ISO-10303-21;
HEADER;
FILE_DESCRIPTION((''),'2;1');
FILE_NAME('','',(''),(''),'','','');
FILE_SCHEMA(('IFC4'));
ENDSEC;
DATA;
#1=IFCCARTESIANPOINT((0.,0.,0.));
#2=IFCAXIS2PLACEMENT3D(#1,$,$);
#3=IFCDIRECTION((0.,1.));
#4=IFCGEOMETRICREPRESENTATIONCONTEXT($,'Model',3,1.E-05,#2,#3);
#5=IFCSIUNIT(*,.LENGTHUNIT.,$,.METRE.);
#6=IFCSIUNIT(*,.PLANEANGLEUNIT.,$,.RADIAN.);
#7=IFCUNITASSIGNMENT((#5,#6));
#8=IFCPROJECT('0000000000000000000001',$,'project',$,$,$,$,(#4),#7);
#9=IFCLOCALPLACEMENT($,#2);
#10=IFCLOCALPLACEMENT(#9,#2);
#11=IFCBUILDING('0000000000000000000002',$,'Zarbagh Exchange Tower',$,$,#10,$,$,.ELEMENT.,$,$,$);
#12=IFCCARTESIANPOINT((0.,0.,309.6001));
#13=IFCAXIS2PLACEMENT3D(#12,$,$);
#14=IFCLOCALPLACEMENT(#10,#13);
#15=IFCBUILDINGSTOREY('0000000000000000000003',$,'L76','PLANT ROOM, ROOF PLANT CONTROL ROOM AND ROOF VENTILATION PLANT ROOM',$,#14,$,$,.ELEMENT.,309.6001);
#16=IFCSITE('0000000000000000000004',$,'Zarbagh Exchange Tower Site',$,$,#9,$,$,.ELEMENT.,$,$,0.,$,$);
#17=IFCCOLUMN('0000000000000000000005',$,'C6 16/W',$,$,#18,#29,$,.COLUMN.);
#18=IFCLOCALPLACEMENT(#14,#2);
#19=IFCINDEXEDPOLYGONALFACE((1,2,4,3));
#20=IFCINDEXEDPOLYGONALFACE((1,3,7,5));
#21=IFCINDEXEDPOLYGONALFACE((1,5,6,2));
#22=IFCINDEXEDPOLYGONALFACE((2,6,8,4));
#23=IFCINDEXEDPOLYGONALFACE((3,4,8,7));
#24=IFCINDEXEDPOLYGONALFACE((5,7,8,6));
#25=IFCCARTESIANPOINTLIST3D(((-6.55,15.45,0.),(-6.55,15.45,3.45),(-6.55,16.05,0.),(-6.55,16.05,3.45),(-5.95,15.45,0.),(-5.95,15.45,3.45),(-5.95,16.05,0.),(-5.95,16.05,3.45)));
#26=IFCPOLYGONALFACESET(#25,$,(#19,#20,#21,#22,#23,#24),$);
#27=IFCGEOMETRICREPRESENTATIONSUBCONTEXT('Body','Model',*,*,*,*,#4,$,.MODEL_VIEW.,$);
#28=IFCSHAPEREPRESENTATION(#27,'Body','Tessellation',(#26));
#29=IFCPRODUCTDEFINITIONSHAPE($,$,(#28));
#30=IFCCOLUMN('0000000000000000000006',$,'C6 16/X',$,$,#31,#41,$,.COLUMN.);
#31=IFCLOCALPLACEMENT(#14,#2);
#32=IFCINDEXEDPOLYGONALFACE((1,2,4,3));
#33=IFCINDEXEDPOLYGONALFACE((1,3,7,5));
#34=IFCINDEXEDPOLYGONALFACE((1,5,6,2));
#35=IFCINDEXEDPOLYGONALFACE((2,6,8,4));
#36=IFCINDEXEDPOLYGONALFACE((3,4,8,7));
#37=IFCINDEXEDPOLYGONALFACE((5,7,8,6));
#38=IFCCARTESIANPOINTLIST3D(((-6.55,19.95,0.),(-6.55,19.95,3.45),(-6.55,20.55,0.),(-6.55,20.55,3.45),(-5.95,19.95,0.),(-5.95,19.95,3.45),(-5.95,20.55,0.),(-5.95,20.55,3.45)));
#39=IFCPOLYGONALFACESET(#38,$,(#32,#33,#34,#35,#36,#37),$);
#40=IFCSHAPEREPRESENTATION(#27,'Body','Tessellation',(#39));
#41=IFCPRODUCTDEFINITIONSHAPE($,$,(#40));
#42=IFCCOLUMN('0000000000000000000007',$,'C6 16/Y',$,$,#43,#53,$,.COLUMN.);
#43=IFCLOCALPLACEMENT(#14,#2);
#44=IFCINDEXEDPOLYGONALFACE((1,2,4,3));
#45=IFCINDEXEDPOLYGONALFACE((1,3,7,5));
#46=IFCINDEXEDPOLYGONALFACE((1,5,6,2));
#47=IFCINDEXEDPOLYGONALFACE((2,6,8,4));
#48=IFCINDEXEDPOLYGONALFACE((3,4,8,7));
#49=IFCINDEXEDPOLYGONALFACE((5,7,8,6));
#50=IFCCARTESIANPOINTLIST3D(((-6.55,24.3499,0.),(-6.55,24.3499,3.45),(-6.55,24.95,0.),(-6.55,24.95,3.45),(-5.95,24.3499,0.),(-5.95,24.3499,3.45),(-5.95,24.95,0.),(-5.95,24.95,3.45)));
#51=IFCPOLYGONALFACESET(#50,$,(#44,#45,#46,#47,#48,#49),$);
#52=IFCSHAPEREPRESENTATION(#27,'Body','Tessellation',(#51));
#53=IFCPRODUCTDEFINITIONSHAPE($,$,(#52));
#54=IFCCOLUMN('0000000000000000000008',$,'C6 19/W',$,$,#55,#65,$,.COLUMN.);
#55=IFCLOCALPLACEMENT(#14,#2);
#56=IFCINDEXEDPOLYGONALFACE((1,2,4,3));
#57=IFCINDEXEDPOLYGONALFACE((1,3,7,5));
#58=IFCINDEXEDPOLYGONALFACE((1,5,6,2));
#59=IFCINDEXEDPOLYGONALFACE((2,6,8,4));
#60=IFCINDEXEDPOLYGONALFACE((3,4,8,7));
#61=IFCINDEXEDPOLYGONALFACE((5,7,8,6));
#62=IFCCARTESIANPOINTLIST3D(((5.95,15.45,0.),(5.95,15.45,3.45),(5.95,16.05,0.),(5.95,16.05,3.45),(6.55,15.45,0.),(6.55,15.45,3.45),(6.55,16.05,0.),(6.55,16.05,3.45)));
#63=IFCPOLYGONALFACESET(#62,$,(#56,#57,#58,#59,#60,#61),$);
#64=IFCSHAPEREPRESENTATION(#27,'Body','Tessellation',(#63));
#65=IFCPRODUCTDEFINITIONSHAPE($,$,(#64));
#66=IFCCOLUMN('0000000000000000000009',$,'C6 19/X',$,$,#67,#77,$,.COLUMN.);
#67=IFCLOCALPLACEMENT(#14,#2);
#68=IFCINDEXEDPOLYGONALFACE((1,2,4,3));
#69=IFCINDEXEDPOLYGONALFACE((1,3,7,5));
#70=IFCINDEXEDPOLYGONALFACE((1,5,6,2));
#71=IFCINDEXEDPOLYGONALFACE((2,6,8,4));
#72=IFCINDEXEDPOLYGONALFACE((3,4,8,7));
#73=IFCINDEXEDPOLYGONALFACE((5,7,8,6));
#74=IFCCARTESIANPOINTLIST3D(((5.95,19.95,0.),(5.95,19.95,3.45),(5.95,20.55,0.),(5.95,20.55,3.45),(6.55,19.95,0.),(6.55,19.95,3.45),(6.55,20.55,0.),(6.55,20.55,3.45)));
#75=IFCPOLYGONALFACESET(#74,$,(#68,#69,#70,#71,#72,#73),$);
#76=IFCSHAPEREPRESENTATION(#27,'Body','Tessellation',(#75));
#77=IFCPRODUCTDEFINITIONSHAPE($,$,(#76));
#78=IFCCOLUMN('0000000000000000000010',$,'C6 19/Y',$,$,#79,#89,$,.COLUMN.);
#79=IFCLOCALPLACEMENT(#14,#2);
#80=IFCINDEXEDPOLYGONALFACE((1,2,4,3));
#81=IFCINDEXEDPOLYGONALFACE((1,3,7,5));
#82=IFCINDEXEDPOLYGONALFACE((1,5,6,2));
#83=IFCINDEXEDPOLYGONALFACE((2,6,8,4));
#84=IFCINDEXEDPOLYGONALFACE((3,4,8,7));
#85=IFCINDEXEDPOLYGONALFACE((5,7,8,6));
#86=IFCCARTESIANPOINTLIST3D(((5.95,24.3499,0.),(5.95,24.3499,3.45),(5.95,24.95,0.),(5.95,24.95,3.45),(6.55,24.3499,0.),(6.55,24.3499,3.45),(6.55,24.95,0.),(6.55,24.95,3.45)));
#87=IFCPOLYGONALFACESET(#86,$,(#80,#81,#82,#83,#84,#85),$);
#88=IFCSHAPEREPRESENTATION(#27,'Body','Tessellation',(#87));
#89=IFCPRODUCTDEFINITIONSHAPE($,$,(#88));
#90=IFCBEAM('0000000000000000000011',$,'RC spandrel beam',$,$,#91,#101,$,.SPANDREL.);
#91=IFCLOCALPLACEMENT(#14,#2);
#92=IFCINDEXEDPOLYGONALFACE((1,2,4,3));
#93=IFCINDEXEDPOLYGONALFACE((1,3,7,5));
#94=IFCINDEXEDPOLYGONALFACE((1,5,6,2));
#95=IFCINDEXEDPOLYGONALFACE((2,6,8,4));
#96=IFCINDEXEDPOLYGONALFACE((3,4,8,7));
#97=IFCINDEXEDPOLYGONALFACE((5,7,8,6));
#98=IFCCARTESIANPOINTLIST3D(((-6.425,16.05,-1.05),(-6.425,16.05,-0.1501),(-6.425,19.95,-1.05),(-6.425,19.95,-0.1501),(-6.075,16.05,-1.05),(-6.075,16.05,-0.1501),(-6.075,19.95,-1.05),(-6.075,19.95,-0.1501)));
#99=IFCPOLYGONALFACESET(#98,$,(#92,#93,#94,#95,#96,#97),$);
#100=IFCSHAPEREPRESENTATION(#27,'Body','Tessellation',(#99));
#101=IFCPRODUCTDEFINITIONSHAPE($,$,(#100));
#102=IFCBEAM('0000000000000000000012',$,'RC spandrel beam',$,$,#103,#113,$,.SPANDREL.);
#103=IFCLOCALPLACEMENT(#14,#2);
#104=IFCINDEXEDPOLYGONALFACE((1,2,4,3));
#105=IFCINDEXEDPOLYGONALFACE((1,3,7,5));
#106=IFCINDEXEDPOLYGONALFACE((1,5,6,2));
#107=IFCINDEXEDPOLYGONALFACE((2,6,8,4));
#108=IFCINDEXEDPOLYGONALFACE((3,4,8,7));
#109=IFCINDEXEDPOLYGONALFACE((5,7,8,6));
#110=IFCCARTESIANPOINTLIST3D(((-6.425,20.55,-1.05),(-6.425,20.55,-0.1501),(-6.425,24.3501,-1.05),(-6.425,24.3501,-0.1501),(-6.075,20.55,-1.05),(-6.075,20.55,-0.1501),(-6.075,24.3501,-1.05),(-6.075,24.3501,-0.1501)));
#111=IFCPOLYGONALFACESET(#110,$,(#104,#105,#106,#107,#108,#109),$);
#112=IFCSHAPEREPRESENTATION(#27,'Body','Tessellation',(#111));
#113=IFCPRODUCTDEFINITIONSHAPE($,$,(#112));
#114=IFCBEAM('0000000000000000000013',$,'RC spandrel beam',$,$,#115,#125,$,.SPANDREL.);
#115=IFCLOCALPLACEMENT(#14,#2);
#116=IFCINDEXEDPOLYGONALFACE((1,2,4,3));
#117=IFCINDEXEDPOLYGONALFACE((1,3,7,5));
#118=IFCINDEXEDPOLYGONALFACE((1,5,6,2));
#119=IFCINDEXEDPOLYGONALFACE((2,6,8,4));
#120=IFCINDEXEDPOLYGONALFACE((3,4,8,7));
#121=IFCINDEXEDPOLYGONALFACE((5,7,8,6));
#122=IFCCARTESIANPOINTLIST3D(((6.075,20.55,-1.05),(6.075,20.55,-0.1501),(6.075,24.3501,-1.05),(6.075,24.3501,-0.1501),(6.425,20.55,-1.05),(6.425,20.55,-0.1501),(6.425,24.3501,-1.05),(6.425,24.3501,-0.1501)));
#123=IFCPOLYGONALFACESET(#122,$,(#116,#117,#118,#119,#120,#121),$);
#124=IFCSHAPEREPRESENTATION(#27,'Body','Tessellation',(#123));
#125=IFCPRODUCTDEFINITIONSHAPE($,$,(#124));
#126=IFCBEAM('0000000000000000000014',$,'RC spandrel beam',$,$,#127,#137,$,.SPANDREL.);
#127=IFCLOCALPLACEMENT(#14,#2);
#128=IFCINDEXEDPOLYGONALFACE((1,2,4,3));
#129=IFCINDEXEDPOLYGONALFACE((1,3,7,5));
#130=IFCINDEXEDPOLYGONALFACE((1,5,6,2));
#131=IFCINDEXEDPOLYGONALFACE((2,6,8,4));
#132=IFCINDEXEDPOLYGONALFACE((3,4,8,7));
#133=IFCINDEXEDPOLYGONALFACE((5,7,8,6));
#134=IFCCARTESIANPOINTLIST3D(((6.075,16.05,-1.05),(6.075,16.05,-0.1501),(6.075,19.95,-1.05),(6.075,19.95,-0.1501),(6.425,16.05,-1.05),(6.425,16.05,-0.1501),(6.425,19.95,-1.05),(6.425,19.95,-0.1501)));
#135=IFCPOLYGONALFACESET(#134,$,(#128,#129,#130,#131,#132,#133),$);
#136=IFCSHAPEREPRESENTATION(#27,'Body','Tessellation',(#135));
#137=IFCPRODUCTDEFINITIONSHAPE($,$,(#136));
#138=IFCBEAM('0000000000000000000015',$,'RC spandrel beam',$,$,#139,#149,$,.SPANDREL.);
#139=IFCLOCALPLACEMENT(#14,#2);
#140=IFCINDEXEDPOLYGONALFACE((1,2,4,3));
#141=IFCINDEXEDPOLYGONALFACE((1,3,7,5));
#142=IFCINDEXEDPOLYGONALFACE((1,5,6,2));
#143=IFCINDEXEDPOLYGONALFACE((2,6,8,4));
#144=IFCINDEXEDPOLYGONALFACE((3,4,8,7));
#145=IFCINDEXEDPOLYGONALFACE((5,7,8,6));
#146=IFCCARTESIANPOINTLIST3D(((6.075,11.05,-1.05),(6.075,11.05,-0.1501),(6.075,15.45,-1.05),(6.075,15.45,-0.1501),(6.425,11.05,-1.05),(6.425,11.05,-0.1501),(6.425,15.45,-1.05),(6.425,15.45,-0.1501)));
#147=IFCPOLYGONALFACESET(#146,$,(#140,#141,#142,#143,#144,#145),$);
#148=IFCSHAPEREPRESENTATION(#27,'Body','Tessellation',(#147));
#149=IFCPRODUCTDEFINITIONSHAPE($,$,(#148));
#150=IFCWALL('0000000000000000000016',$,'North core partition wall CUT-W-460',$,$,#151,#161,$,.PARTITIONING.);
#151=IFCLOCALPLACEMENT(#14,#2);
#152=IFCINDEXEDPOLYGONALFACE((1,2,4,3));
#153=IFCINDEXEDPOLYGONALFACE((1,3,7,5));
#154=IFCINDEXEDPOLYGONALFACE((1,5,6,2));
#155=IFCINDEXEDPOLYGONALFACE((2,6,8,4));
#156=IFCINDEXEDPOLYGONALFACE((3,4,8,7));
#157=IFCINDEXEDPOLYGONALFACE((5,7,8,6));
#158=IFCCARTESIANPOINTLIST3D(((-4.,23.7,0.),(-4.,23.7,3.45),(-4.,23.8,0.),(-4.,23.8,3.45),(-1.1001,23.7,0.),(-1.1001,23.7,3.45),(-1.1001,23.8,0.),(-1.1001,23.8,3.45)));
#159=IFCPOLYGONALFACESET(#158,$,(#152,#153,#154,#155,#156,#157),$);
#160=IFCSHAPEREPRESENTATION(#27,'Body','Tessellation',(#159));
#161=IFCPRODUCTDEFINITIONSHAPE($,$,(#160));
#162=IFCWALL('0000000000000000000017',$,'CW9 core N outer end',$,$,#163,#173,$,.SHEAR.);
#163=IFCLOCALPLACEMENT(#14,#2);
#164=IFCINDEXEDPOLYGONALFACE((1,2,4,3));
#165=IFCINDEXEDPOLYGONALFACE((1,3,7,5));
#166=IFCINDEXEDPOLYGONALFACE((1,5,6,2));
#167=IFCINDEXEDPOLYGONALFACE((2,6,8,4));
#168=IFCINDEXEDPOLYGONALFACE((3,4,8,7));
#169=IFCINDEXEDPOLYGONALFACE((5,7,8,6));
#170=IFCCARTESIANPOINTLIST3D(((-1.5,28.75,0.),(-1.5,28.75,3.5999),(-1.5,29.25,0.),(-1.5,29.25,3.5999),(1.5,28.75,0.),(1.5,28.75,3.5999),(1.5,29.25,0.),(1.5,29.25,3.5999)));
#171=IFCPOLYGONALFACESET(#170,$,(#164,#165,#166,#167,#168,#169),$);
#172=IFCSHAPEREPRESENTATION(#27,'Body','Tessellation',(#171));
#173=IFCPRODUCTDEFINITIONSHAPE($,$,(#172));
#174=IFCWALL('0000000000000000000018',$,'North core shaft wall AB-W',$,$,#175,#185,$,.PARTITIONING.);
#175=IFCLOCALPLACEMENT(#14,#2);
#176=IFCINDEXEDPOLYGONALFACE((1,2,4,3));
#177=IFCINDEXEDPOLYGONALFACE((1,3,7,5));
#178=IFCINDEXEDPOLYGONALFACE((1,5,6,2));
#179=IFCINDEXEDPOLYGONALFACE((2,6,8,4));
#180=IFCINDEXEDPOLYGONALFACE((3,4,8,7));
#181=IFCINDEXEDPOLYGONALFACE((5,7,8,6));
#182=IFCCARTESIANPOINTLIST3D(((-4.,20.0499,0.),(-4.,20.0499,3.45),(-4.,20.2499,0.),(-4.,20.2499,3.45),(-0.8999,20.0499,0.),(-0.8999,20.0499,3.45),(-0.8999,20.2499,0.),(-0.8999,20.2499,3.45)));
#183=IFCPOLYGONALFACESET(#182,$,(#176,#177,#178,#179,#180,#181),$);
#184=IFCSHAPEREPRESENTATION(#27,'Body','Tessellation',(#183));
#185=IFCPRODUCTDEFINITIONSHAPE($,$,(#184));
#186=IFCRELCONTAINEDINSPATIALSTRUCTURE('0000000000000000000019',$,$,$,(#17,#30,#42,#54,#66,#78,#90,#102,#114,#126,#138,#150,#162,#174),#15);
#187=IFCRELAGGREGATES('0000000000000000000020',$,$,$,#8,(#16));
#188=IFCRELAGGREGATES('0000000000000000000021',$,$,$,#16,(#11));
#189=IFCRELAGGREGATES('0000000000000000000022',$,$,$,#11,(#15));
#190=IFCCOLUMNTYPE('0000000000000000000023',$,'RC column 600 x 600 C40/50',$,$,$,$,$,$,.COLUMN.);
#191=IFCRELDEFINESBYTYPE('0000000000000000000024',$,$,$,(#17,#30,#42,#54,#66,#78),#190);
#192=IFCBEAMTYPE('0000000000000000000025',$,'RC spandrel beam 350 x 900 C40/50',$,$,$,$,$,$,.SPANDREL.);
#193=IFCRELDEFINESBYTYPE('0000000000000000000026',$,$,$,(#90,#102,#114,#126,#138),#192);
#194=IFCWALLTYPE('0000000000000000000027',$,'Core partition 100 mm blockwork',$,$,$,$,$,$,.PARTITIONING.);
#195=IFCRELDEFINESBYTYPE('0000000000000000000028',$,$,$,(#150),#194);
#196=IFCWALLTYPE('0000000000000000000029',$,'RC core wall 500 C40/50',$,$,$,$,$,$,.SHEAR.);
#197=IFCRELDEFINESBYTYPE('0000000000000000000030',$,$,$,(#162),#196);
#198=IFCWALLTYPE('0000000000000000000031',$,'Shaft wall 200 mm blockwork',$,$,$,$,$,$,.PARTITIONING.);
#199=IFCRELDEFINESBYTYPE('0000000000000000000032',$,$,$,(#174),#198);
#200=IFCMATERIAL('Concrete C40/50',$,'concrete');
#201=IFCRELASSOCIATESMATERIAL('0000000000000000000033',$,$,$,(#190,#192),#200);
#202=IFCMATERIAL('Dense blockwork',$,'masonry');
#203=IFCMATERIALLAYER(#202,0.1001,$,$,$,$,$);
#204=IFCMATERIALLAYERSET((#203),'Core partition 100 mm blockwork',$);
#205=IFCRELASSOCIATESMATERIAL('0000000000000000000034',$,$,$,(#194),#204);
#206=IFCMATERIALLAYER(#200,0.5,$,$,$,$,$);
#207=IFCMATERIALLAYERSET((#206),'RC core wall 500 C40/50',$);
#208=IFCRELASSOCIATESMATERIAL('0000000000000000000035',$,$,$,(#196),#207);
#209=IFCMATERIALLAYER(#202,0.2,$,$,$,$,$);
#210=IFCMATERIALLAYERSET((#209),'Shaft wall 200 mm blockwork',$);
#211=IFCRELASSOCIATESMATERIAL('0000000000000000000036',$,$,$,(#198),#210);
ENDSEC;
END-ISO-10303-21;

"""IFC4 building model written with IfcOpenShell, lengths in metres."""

from ifc_helpers import new_model, si_unit, direction, frame, frame_2d, origin, origin_2d, place, context, subcontext, project, spatial, rectangle, extrude, material, layer, layer_set, material_profile, profile_set, type_object, element, save


model = new_model("IFC4")

# Units and contexts
model_context = context("Model", 3, precision=1e-05, world=origin(), true_north=direction((0.0, 1.0)))
body_context = subcontext(model_context, "Body", "Model", "MODEL_VIEW")
ifc_project = project(units=[si_unit("LENGTHUNIT", "METRE"), si_unit("PLANEANGLEUNIT", "RADIAN")], contexts=[model_context])

# Site, building, storey
site_placement = place(None, origin())
site = spatial("IfcSite", under=ifc_project, at=site_placement, Name="Zarbagh Exchange Tower Site", CompositionType="ELEMENT", RefElevation=0.0)
building_placement = place(site_placement, origin())
building = spatial("IfcBuilding", under=site, at=building_placement, Name="Zarbagh Exchange Tower", CompositionType="ELEMENT")
storey_placement = place(building_placement, frame((0.0, 0.0, 309.6001)))
storey = spatial("IfcBuildingStorey", under=building, at=storey_placement, Name="L76", Description="PLANT ROOM, ROOF PLANT CONTROL ROOM AND ROOF VENTILATION PLANT ROOM", CompositionType="ELEMENT", Elevation=309.6001)

# Columns
ifc_material_1 = material(Name="Concrete C40/50", Category="concrete")
ifc_material_profile_1 = material_profile(ifc_material_1, rectangle(XDim=0.6001, YDim=0.6001, at=origin_2d()), Name="RC column 600 x 600 C40/50")
ifc_profile_set_1 = profile_set([ifc_material_profile_1], Name="Concrete C40/50")
column_type = type_object("IfcColumnType", Name="RC column 600 x 600 C40/50", PredefinedType="COLUMN", material=ifc_profile_set_1)
for number, where, z_axis, x_axis, name in (
    (1, (-6.25, 15.75, 0.0), (0.0, 0.0, 1.0), (1.0, 0.0, 0.0), "C6 16/W"),
    (2, (-6.25, 20.25, 0.0), (0.0, 0.0, 1.0), (1.0, 0.0, 0.0), "C6 16/X"),
    (3, (-6.25, 24.6499, 0.0), (0.0, 0.0, 1.0), (1.0, 0.0, 0.0), "C6 16/Y"),
    (4, (6.25, 15.75, 0.0), (0.0, 0.0, 1.0), (1.0, 0.0, 0.0), "C6 19/W"),
    (5, (6.25, 20.25, 0.0), (0.0, 0.0, 1.0), (1.0, 0.0, 0.0), "C6 19/X"),
    (6, (6.25, 24.6499, 0.0), (0.0, 0.0, 1.0), (1.0, 0.0, 0.0), "C6 19/Y"),
):
    element("IfcColumn", number, at=place(storey_placement, frame(where, z_axis=z_axis, x_axis=x_axis)), inside=storey, type_object=column_type, Name=name, PredefinedType="COLUMN", context=body_context, shape_type="SweptSolid", body=[
        extrude(rectangle(XDim=0.6001, YDim=0.6001, at=origin_2d()), origin(), (0.0, 0.0, 1.0), 3.45),
    ])

# Beams
ifc_material_profile_2 = material_profile(ifc_material_1, rectangle(XDim=0.3501, YDim=0.8999, at=origin_2d()), Name="RC spandrel beam 350 x 900 C40/50")
ifc_profile_set_2 = profile_set([ifc_material_profile_2], Name="Concrete C40/50")
beam_type = type_object("IfcBeamType", Name="RC spandrel beam 350 x 900 C40/50", PredefinedType="SPANDREL", material=ifc_profile_set_2)
beam_1_placement = place(storey_placement, frame((-6.25, 16.05, -0.6001), z_axis=(0.0, 1.0, 0.0), x_axis=(-1.0, 0.0, 0.0)))
element("IfcBeam", 7, at=beam_1_placement, inside=storey, type_object=beam_type, Name="RC spandrel beam", PredefinedType="SPANDREL", context=body_context, shape_type="SweptSolid", body=[
    extrude(rectangle(XDim=0.3501, YDim=0.8999, at=origin_2d()), origin(), (0.0, 0.0, 1.0), 3.8999),
])
for number, where, z_axis, x_axis, name in (
    (8, (-6.25, 20.55, -0.6001), (0.0, 1.0, 0.0), (-1.0, 0.0, 0.0), "RC spandrel beam"),
    (9, (6.25, 24.3501, -0.6001), (0.0, -1.0, 0.0), (1.0, 0.0, 0.0), "RC spandrel beam"),
):
    element("IfcBeam", number, at=place(storey_placement, frame(where, z_axis=z_axis, x_axis=x_axis)), inside=storey, type_object=beam_type, Name=name, PredefinedType="SPANDREL", context=body_context, shape_type="SweptSolid", body=[
        extrude(rectangle(XDim=0.3501, YDim=0.8999, at=origin_2d()), origin(), (0.0, 0.0, 1.0), 3.8),
    ])
beam_2_placement = place(storey_placement, frame((6.25, 19.95, -0.6001), z_axis=(0.0, -1.0, 0.0), x_axis=(1.0, 0.0, 0.0)))
element("IfcBeam", 10, at=beam_2_placement, inside=storey, type_object=beam_type, Name="RC spandrel beam", PredefinedType="SPANDREL", context=body_context, shape_type="SweptSolid", body=[
    extrude(rectangle(XDim=0.3501, YDim=0.8999, at=origin_2d()), origin(), (0.0, 0.0, 1.0), 3.8999),
])
beam_3_placement = place(storey_placement, frame((6.25, 15.45, -0.6001), z_axis=(0.0, -1.0, 0.0), x_axis=(1.0, 0.0, 0.0)))
element("IfcBeam", 11, at=beam_3_placement, inside=storey, type_object=beam_type, Name="RC spandrel beam", PredefinedType="SPANDREL", context=body_context, shape_type="SweptSolid", body=[
    extrude(rectangle(XDim=0.3501, YDim=0.8999, at=origin_2d()), origin(), (0.0, 0.0, 1.0), 4.3999),
])

# Walls
ifc_material_2 = material(Name="Dense blockwork", Category="masonry")
ifc_layer_1 = layer(ifc_material_2, 0.1001)
ifc_layer_set_1 = layer_set([ifc_layer_1], Name="Core partition 100 mm blockwork")
wall_type_1 = type_object("IfcWallType", Name="Core partition 100 mm blockwork", PredefinedType="PARTITIONING", material=ifc_layer_set_1)
wall_1_placement = place(storey_placement, frame((-4.0, 23.75, 0.0), z_axis=(0.0, 0.0, 1.0), x_axis=(1.0, 0.0, 0.0)))
element("IfcWall", 12, at=wall_1_placement, inside=storey, type_object=wall_type_1, Name="North core partition wall CUT-W-460", PredefinedType="PARTITIONING", context=body_context, shape_type="SweptSolid", body=[
    extrude(rectangle(XDim=2.8999, YDim=0.1001, at=frame_2d((1.45, 0.0))), origin(), (0.0, 0.0, 1.0), 3.45),
])
ifc_layer_2 = layer(ifc_material_1, 0.5)
ifc_layer_set_2 = layer_set([ifc_layer_2], Name="RC core wall 500 C40/50")
wall_type_2 = type_object("IfcWallType", Name="RC core wall 500 C40/50", PredefinedType="SHEAR", material=ifc_layer_set_2)
wall_2_placement = place(storey_placement, frame((-1.5, 29.0, 0.0), z_axis=(0.0, 0.0, 1.0), x_axis=(1.0, 0.0, 0.0)))
element("IfcWall", 13, at=wall_2_placement, inside=storey, type_object=wall_type_2, Name="CW9 core N outer end", PredefinedType="SHEAR", context=body_context, shape_type="SweptSolid", body=[
    extrude(rectangle(XDim=3.0, YDim=0.5, at=frame_2d((1.5, 0.0))), origin(), (0.0, 0.0, 1.0), 3.5999),
])
ifc_layer_3 = layer(ifc_material_2, 0.2)
ifc_layer_set_3 = layer_set([ifc_layer_3], Name="Shaft wall 200 mm blockwork")
wall_type_3 = type_object("IfcWallType", Name="Shaft wall 200 mm blockwork", PredefinedType="PARTITIONING", material=ifc_layer_set_3)
wall_3_placement = place(storey_placement, frame((-4.0, 20.1499, 0.0), z_axis=(0.0, 0.0, 1.0), x_axis=(1.0, 0.0, 0.0)))
element("IfcWall", 14, at=wall_3_placement, inside=storey, type_object=wall_type_3, Name="North core shaft wall AB-W", PredefinedType="PARTITIONING", context=body_context, shape_type="SweptSolid", body=[
    extrude(rectangle(XDim=3.1001, YDim=0.2, at=frame_2d((1.55, 0.0))), origin(), (0.0, 0.0, 1.0), 3.45),
])

save(model, "model.ifc")
